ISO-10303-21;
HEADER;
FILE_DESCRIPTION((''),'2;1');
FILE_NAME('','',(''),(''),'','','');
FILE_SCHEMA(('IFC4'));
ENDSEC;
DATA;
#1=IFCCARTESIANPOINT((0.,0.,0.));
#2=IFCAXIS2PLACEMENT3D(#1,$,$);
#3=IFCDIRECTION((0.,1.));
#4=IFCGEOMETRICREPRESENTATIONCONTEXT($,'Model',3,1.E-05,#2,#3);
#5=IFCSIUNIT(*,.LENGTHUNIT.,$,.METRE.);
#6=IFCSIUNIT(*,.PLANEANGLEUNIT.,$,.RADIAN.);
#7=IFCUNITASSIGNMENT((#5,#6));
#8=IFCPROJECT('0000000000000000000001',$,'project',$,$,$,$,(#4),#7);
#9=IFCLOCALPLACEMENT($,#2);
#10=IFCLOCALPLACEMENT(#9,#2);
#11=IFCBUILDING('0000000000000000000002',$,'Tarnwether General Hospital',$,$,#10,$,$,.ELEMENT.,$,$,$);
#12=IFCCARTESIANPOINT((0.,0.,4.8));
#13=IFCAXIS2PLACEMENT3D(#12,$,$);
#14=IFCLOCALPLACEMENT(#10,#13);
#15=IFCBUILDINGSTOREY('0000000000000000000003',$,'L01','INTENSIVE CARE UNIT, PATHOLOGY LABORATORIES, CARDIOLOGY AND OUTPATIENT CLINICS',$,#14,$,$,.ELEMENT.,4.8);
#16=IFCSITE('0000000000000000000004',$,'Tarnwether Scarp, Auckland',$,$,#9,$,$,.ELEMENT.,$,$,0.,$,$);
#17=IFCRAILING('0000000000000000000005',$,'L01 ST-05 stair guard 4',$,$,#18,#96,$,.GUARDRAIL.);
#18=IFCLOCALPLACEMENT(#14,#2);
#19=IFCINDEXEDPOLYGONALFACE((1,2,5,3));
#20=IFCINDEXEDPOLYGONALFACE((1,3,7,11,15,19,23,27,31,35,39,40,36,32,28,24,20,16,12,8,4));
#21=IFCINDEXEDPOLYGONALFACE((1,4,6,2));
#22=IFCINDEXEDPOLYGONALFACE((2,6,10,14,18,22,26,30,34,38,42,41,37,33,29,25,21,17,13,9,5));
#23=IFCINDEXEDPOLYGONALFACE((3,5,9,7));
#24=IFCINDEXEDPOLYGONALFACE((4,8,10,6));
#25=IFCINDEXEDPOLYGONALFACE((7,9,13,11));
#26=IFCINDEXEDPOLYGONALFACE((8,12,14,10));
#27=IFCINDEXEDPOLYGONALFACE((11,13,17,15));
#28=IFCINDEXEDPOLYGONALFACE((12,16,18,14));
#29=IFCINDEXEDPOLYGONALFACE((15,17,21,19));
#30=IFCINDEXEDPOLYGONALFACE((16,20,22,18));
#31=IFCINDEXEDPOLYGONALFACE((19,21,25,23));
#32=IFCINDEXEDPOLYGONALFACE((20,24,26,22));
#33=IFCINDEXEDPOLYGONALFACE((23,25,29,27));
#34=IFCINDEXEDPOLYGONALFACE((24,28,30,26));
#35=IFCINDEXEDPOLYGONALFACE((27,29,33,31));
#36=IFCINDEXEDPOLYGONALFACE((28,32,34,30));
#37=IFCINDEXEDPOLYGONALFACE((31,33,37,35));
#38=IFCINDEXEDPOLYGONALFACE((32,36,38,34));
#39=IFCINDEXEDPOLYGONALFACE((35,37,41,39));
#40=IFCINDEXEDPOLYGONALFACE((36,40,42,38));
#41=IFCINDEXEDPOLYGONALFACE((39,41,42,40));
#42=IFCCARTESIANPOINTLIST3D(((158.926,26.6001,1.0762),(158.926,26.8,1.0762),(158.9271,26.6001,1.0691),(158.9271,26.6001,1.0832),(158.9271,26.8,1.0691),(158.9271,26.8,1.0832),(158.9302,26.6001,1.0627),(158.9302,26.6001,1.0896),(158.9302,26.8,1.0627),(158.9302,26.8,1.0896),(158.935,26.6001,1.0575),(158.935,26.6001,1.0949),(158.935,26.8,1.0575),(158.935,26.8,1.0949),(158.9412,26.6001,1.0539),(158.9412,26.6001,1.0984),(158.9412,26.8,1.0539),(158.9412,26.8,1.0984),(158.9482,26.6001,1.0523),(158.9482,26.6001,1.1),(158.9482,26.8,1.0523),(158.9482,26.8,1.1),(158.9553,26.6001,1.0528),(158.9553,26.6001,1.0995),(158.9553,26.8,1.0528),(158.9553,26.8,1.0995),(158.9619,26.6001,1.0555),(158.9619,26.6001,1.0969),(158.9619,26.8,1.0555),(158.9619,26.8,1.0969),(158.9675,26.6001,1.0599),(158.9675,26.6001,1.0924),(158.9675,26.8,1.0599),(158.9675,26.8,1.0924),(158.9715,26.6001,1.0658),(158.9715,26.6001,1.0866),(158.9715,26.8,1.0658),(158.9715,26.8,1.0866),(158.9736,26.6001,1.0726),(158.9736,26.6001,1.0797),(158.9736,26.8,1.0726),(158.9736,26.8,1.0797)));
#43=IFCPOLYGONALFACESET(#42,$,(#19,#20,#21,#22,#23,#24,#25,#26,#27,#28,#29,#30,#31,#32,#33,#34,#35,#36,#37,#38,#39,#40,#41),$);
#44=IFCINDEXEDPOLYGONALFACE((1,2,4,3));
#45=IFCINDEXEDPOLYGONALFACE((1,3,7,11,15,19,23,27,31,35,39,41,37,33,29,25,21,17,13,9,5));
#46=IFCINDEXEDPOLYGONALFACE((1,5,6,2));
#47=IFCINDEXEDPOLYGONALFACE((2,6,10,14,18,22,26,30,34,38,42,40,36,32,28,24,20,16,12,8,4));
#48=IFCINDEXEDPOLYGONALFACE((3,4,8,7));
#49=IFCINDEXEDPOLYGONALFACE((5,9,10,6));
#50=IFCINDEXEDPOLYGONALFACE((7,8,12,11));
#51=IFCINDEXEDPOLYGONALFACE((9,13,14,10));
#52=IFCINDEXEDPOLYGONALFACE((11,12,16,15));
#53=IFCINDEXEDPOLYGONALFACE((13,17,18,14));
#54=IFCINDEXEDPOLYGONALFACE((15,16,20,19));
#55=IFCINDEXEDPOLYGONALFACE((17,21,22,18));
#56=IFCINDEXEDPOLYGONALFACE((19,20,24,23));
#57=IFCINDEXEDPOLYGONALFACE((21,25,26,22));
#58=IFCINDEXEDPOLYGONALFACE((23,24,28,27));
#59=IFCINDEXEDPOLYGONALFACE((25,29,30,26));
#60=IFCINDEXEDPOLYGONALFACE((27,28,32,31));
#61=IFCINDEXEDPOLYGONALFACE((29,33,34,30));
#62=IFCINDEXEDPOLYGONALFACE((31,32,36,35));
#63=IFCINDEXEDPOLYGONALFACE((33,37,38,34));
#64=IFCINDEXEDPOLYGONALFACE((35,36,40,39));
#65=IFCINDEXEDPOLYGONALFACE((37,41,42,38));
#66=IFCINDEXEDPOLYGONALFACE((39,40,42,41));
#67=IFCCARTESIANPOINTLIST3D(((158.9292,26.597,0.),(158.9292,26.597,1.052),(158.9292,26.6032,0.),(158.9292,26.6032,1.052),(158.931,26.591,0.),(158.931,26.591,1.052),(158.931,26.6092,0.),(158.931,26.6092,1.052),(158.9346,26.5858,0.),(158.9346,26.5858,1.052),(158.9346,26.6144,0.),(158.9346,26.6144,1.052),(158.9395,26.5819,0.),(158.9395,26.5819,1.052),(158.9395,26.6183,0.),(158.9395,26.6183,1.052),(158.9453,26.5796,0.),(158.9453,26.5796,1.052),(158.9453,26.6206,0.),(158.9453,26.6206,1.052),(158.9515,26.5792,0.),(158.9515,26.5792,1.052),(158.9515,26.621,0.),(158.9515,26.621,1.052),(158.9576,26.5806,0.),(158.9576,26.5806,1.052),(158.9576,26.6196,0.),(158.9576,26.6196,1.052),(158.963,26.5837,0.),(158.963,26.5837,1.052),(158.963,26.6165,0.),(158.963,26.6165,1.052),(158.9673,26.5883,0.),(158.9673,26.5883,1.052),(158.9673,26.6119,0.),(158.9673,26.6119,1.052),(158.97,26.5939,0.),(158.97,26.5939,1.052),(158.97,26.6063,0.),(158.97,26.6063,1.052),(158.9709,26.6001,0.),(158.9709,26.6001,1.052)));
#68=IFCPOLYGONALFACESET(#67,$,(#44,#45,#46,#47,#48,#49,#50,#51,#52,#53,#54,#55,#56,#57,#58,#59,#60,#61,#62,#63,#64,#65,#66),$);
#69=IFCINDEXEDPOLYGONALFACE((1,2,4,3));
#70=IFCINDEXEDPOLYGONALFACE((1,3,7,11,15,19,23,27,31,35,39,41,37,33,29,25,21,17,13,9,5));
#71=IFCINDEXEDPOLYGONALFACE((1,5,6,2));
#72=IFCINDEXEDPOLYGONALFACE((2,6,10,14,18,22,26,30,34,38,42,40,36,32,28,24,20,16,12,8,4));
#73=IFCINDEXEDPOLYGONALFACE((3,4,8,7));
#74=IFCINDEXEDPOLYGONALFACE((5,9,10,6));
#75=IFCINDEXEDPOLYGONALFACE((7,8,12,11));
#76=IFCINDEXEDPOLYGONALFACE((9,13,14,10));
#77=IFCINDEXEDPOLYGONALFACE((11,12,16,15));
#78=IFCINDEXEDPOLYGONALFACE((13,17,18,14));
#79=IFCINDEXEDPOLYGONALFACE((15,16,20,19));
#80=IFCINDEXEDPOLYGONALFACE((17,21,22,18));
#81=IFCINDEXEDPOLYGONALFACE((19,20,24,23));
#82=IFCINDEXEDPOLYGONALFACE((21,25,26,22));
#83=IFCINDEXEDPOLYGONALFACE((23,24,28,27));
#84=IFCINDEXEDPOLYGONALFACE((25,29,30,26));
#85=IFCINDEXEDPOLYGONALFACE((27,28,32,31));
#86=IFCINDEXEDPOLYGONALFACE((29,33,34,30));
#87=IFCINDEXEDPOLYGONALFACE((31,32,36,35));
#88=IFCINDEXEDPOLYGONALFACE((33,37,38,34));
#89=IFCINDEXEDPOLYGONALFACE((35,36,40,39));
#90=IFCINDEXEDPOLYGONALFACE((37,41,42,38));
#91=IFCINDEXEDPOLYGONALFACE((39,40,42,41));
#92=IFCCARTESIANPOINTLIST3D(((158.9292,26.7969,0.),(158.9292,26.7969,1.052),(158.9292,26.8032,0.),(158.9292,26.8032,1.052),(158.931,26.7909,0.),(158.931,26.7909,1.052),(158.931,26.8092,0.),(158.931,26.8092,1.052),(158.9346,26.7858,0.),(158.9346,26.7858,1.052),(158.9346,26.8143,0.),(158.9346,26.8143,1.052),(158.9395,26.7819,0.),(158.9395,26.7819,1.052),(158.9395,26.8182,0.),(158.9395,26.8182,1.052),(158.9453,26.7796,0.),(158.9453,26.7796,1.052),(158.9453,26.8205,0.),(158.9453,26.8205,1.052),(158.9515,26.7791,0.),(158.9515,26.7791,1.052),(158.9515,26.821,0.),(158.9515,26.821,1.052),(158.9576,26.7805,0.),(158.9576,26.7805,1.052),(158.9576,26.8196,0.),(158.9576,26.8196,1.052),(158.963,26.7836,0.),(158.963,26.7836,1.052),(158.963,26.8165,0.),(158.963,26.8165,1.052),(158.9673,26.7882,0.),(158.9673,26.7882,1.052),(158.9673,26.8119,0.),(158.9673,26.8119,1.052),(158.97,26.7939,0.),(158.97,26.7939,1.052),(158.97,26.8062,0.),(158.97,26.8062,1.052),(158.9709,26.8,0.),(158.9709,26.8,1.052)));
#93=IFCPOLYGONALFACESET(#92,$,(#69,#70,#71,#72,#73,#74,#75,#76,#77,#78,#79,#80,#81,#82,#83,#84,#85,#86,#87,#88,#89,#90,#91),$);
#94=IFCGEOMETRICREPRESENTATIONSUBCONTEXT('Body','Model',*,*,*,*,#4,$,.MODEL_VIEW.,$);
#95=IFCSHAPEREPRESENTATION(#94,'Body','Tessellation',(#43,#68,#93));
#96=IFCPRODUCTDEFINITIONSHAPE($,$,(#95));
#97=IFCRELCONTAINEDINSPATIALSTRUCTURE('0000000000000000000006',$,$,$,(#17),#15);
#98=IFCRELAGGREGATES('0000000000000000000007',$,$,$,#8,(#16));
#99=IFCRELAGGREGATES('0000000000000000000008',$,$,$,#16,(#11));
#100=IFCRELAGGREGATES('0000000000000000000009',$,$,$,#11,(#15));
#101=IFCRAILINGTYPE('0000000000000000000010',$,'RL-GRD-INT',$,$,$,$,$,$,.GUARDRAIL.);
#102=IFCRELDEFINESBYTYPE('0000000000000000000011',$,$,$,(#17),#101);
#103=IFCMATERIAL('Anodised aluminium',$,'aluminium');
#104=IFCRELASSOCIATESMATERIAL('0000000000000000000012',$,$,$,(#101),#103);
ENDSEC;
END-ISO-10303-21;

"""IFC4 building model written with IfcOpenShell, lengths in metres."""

from ifc_helpers import new_model, si_unit, direction, frame, origin, origin_2d, place, context, subcontext, project, spatial, circle, extrude, material, type_object, element, save


model = new_model("IFC4")

# Units and contexts
model_context = context("Model", 3, precision=1e-05, world=origin(), true_north=direction((0.0, 1.0)))
body_context = subcontext(model_context, "Body", "Model", "MODEL_VIEW")
ifc_project = project(units=[si_unit("LENGTHUNIT", "METRE"), si_unit("PLANEANGLEUNIT", "RADIAN")], contexts=[model_context])

# Site, building, storey
site_placement = place(None, origin())
site = spatial("IfcSite", under=ifc_project, at=site_placement, Name="Tarnwether Scarp, Auckland", CompositionType="ELEMENT", RefElevation=0.0)
building_placement = place(site_placement, origin())
building = spatial("IfcBuilding", under=site, at=building_placement, Name="Tarnwether General Hospital", CompositionType="ELEMENT")
storey_placement = place(building_placement, frame((0.0, 0.0, 4.8)))
storey = spatial("IfcBuildingStorey", under=building, at=storey_placement, Name="L01", Description="INTENSIVE CARE UNIT, PATHOLOGY LABORATORIES, CARDIOLOGY AND OUTPATIENT CLINICS", CompositionType="ELEMENT", Elevation=4.8)

# Railing
ifc_material_1 = material(Name="Anodised aluminium", Category="aluminium")
railing_type_1 = type_object("IfcRailingType", Name="RL-GRD-INT", PredefinedType="GUARDRAIL", material=ifc_material_1)
railing_1_placement = place(storey_placement, frame((158.95, 26.6001, 0.0)))
element("IfcRailing", 1, at=railing_1_placement, inside=storey, type_object=railing_type_1, Name="L01 ST-05 stair guard 4", PredefinedType="GUARDRAIL", context=body_context, shape_type="SweptSolid", body=[
    extrude(circle(Radius=0.0239, at=origin_2d()), frame((0.0, 0.0, 1.0762), z_axis=(0.0, 1.0, 0.0), x_axis=(-1.0, 0.0, 0.0)), (0.0, 0.0, 1.0), 0.2),
    extrude(circle(Radius=0.021, at=origin_2d()), origin(), (0.0, 0.0, 1.0), 1.052),
    extrude(circle(Radius=0.021, at=origin_2d()), frame((0.0, 0.2, 0.0)), (0.0, 0.0, 1.0), 1.052),
])

save(model, "model.ifc")
